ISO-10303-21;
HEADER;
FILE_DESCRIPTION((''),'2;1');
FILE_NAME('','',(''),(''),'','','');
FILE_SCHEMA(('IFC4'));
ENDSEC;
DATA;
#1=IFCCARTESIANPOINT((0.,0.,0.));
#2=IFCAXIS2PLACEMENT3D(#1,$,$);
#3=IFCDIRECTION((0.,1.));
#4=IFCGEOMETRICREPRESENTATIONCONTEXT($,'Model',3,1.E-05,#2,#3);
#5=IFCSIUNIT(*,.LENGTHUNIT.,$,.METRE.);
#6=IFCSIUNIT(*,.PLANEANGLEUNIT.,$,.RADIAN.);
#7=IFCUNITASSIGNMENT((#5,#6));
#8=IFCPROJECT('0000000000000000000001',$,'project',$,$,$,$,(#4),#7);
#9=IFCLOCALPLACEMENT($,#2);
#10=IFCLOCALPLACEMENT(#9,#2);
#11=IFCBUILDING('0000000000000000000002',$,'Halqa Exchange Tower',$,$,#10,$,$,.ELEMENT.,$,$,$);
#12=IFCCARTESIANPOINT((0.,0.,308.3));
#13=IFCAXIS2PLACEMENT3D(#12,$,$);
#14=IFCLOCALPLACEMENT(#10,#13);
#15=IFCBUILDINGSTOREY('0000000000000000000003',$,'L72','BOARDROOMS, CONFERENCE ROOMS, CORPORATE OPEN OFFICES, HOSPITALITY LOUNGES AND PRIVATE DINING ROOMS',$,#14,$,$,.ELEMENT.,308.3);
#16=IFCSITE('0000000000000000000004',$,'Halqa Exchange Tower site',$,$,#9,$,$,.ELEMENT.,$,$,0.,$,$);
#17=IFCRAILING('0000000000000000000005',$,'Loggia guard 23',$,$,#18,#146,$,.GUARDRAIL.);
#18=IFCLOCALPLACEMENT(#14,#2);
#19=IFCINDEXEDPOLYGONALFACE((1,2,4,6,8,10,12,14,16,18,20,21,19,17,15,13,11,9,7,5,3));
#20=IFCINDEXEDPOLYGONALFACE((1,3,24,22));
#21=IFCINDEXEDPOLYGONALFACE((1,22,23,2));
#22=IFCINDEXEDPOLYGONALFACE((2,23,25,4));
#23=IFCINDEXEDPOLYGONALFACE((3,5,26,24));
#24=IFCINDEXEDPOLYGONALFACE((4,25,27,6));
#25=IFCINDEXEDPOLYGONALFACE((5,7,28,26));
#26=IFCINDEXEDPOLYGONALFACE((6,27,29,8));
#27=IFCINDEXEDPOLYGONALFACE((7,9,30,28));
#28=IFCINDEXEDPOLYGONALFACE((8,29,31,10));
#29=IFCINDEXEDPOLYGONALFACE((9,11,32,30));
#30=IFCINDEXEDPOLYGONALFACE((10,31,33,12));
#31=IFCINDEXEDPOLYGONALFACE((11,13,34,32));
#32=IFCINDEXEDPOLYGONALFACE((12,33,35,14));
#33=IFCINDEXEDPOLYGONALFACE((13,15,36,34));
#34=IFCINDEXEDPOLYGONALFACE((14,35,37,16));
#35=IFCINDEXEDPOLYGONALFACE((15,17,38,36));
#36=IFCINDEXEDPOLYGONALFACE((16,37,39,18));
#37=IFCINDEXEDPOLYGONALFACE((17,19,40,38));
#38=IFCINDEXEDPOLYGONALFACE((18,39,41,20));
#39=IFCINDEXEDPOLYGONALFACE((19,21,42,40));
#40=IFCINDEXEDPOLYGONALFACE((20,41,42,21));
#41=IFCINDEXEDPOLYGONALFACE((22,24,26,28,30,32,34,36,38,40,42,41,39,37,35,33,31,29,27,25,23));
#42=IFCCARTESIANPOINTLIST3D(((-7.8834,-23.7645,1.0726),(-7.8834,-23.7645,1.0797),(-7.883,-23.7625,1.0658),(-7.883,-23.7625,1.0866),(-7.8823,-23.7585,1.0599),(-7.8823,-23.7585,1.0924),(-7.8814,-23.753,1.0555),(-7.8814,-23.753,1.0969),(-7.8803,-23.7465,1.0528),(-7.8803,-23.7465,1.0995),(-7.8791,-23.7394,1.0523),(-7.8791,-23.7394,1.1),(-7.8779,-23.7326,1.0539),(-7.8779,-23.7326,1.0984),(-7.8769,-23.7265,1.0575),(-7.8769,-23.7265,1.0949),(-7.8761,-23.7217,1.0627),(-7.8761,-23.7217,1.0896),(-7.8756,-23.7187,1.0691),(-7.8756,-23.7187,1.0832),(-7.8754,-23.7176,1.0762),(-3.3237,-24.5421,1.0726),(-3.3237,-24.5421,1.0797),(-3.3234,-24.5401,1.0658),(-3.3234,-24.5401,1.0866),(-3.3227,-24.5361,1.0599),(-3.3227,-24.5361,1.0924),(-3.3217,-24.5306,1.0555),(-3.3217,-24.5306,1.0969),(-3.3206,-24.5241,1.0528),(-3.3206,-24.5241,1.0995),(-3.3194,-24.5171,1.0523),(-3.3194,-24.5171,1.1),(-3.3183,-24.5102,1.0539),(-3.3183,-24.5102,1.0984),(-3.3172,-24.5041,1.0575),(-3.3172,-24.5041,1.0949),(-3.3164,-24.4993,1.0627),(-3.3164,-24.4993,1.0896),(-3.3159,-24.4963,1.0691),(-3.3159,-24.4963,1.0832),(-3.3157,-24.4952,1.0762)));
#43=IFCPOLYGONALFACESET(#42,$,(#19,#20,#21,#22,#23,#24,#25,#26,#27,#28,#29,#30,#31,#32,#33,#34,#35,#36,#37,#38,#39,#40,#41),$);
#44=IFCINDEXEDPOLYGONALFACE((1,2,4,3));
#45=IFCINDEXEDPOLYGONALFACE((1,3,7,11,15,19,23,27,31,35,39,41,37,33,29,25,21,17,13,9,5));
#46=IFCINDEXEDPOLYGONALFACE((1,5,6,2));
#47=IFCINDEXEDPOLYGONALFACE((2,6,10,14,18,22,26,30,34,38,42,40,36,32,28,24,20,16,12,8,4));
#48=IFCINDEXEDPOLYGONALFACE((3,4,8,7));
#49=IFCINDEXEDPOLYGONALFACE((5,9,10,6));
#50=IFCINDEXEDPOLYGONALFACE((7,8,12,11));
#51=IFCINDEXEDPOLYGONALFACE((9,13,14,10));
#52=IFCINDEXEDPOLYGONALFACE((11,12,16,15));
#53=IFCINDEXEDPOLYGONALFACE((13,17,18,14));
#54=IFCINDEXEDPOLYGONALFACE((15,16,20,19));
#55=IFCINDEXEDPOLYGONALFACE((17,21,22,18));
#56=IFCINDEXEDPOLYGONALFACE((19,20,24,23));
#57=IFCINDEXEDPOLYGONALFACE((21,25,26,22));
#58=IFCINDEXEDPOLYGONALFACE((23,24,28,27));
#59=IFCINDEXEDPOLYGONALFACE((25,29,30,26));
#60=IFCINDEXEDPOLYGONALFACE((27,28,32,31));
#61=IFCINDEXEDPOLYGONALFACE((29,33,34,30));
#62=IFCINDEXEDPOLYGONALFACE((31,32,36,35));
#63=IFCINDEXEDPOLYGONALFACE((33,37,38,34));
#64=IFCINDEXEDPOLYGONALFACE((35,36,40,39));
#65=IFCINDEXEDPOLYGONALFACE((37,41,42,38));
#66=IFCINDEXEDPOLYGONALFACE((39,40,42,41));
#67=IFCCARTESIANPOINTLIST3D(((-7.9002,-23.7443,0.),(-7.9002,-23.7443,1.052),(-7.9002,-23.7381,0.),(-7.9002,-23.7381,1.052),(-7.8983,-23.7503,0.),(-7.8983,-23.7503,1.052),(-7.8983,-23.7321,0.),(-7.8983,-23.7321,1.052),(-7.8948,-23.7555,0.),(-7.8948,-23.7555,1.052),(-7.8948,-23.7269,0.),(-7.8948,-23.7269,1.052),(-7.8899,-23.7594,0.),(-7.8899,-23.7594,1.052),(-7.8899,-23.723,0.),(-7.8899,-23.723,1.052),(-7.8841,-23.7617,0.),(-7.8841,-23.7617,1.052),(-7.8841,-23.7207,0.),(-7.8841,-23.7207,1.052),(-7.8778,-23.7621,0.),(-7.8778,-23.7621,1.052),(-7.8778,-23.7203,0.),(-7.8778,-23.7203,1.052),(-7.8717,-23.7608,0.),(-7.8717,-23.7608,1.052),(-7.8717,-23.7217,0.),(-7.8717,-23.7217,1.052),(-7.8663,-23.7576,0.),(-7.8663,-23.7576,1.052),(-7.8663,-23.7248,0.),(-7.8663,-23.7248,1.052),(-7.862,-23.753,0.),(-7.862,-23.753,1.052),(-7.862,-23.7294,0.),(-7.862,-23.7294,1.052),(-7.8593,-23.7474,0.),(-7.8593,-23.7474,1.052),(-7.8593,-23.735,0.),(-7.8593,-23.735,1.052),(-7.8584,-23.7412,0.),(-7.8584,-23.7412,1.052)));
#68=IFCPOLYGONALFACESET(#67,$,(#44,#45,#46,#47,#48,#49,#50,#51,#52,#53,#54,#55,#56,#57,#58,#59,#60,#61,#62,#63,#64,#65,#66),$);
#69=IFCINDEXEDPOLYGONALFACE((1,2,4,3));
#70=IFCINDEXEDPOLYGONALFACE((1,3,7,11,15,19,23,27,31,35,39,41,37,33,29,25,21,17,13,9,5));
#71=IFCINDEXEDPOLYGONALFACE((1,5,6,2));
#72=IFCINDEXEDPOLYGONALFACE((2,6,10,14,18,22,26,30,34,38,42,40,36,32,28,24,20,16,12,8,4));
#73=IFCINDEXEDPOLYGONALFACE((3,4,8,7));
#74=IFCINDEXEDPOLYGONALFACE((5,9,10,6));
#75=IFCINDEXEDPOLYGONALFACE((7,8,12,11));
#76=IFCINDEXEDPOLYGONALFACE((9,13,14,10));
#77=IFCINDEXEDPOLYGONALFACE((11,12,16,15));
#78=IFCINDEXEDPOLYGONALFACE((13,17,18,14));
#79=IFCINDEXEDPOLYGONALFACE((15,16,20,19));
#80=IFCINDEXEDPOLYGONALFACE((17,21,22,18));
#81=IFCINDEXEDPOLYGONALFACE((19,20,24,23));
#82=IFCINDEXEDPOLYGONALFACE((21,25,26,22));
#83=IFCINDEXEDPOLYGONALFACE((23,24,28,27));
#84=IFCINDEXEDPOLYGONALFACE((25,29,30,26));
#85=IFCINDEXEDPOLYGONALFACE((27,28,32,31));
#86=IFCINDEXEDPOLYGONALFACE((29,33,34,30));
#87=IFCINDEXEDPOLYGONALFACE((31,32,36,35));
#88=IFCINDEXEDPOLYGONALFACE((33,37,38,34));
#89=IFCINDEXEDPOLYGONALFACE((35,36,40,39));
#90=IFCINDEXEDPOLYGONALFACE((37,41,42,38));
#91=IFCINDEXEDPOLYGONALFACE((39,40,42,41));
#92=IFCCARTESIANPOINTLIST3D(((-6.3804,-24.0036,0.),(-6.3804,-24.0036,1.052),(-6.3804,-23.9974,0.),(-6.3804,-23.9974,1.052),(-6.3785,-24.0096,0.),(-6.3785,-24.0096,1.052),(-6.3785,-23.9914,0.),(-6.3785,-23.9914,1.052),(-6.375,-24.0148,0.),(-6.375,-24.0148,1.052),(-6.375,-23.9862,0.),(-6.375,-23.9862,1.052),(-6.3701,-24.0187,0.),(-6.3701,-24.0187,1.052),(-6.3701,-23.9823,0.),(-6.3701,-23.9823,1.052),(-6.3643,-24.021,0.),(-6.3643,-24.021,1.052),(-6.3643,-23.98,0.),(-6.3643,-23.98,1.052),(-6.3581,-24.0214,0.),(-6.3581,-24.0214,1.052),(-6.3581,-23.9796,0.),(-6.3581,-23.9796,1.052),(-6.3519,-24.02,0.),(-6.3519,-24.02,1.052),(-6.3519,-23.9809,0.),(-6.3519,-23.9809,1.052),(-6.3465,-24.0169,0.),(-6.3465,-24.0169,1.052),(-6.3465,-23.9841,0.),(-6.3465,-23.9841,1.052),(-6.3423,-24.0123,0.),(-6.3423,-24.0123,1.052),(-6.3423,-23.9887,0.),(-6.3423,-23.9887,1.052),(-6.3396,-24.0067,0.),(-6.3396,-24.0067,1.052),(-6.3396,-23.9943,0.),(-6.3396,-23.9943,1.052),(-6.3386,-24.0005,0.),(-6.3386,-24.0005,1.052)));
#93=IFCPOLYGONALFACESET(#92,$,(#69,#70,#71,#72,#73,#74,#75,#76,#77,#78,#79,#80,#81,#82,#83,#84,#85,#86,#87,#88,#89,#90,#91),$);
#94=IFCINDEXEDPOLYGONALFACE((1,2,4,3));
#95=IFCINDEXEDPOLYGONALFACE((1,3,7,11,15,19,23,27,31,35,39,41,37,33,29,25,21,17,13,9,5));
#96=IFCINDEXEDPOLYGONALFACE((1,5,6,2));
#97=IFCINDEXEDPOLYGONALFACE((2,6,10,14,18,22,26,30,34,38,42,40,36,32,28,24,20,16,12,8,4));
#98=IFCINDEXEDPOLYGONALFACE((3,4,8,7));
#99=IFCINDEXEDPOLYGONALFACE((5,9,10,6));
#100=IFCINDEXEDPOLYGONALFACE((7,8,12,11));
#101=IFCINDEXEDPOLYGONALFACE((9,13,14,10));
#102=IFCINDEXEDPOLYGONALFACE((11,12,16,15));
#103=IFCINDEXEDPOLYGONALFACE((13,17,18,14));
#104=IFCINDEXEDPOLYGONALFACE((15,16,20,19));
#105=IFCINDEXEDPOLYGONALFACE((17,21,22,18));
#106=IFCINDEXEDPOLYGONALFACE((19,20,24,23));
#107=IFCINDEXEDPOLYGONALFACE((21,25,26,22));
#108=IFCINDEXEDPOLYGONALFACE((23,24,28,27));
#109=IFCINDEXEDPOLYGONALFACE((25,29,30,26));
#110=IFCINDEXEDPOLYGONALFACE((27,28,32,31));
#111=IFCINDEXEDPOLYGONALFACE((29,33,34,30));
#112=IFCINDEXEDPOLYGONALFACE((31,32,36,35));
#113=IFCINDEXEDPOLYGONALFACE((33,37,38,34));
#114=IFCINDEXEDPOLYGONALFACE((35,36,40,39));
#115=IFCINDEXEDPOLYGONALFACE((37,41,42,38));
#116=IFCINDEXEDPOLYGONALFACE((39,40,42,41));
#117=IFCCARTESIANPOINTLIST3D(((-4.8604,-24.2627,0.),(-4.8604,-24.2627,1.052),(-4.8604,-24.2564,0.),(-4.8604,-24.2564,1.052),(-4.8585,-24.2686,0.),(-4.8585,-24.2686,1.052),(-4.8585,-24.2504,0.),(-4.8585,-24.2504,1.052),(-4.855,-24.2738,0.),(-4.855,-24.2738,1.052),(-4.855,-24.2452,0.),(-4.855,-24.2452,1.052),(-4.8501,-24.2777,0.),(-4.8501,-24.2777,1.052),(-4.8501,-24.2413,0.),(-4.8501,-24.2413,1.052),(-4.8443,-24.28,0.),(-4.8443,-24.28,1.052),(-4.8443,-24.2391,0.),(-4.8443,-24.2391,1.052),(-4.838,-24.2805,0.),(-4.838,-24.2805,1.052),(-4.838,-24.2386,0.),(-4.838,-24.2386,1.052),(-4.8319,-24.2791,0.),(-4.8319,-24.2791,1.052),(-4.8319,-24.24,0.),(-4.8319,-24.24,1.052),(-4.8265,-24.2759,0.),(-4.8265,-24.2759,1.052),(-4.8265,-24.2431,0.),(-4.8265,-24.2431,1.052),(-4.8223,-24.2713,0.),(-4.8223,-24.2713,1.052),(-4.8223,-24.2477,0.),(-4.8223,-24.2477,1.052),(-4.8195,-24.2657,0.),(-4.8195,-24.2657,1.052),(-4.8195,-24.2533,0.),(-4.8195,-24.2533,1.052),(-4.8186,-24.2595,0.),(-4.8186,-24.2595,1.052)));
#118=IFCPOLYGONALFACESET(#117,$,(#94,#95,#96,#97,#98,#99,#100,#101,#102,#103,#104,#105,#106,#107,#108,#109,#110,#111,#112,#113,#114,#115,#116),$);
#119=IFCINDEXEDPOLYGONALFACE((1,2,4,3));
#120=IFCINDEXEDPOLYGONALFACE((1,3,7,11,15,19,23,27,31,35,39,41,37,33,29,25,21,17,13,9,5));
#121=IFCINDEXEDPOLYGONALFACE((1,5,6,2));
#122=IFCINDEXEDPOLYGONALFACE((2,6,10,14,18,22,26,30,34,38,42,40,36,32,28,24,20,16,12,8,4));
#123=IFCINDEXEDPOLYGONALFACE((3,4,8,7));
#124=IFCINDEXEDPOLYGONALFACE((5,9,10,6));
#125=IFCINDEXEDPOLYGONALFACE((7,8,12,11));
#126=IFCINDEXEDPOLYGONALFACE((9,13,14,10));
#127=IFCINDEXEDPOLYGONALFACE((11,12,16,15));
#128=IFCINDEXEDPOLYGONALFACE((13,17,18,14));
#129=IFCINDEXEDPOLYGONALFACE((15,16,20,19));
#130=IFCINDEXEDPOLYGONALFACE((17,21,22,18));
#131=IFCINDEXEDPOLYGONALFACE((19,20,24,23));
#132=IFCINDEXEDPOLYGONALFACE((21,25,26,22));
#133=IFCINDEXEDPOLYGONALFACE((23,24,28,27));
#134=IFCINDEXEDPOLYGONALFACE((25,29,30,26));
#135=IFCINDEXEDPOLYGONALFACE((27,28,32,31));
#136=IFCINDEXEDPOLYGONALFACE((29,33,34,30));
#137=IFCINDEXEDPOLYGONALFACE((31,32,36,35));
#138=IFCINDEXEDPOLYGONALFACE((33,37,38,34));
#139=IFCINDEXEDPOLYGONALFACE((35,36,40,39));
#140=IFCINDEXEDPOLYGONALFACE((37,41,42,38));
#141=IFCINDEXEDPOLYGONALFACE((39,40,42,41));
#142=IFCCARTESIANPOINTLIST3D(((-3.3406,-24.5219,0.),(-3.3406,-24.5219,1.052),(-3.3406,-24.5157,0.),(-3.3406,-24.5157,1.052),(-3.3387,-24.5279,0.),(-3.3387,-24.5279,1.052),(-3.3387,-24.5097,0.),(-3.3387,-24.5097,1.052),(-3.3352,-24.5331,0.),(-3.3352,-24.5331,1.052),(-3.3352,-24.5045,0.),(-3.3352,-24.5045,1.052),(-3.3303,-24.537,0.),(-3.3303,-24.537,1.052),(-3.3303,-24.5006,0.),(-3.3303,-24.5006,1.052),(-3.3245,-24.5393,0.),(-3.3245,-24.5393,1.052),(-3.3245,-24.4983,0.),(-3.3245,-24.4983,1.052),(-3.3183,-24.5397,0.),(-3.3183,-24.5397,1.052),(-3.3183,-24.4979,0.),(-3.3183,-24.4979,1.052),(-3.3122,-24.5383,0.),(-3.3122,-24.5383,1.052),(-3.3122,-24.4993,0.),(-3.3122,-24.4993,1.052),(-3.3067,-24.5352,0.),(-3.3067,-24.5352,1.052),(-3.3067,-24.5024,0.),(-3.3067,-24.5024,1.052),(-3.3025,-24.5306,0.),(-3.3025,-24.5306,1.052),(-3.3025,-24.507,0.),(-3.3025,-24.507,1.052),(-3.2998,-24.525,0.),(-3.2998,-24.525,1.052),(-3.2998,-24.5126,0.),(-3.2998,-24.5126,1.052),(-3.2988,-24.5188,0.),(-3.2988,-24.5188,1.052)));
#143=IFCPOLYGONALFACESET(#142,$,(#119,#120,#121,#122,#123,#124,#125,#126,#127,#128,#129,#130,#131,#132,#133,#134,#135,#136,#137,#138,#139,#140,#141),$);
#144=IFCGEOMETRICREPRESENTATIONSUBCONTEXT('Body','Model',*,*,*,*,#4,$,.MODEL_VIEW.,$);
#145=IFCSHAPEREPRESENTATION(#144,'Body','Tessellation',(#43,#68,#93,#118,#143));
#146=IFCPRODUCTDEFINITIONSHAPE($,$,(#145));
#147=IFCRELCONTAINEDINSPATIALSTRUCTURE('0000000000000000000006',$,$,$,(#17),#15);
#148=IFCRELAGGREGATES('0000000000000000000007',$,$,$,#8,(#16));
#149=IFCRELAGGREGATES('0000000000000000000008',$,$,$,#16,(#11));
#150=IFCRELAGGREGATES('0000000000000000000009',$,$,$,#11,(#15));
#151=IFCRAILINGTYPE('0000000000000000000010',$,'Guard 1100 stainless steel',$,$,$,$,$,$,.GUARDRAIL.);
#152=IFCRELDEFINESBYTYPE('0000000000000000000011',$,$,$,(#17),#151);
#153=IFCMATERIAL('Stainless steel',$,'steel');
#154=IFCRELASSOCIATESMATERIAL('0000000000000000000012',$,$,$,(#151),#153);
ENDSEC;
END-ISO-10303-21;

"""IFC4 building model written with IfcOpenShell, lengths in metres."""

from ifc_helpers import new_model, si_unit, direction, frame, origin, origin_2d, place, context, subcontext, project, spatial, circle, extrude, material, type_object, element, save


model = new_model("IFC4")

# Units and contexts
model_context = context("Model", 3, precision=1e-05, world=origin(), true_north=direction((0.0, 1.0)))
body_context = subcontext(model_context, "Body", "Model", "MODEL_VIEW")
ifc_project = project(units=[si_unit("LENGTHUNIT", "METRE"), si_unit("PLANEANGLEUNIT", "RADIAN")], contexts=[model_context])

# Site, building, storey
site_placement = place(None, origin())
site = spatial("IfcSite", under=ifc_project, at=site_placement, Name="Halqa Exchange Tower site", CompositionType="ELEMENT", RefElevation=0.0)
building_placement = place(site_placement, origin())
building = spatial("IfcBuilding", under=site, at=building_placement, Name="Halqa Exchange Tower", CompositionType="ELEMENT")
storey_placement = place(building_placement, frame((0.0, 0.0, 308.3)))
storey = spatial("IfcBuildingStorey", under=building, at=storey_placement, Name="L72", Description="BOARDROOMS, CONFERENCE ROOMS, CORPORATE OPEN OFFICES, HOSPITALITY LOUNGES AND PRIVATE DINING ROOMS", CompositionType="ELEMENT", Elevation=308.3)

# Railing
ifc_material_1 = material(Name="Stainless steel", Category="steel")
railing_type = type_object("IfcRailingType", Name="Guard 1100 stainless steel", PredefinedType="GUARDRAIL", material=ifc_material_1)
railing_1_placement = place(storey_placement, frame((-7.8794, -23.7412, 0.0)))
element("IfcRailing", 1, at=railing_1_placement, inside=storey, type_object=railing_type, Name="Loggia guard 23", PredefinedType="GUARDRAIL", context=body_context, shape_type="SweptSolid", body=[
    extrude(circle(Radius=0.0239, at=origin_2d()), frame((0.0, 0.0, 1.0762), z_axis=(0.985768, -0.168113, 0.0), x_axis=(0.168113, 0.985768, 0.0)), (0.0, 0.0, 1.0), 4.6255),
    extrude(circle(Radius=0.021, at=origin_2d()), origin(), (0.0, 0.0, 1.0), 1.052),
    extrude(circle(Radius=0.021, at=origin_2d()), frame((1.5198, -0.2593, 0.0)), (0.0, 0.0, 1.0), 1.052),
    extrude(circle(Radius=0.021, at=origin_2d()), frame((3.0398, -0.5183, 0.0)), (0.0, 0.0, 1.0), 1.052),
    extrude(circle(Radius=0.021, at=origin_2d()), frame((4.5596, -0.7776, 0.0)), (0.0, 0.0, 1.0), 1.052),
])

save(model, "model.ifc")
